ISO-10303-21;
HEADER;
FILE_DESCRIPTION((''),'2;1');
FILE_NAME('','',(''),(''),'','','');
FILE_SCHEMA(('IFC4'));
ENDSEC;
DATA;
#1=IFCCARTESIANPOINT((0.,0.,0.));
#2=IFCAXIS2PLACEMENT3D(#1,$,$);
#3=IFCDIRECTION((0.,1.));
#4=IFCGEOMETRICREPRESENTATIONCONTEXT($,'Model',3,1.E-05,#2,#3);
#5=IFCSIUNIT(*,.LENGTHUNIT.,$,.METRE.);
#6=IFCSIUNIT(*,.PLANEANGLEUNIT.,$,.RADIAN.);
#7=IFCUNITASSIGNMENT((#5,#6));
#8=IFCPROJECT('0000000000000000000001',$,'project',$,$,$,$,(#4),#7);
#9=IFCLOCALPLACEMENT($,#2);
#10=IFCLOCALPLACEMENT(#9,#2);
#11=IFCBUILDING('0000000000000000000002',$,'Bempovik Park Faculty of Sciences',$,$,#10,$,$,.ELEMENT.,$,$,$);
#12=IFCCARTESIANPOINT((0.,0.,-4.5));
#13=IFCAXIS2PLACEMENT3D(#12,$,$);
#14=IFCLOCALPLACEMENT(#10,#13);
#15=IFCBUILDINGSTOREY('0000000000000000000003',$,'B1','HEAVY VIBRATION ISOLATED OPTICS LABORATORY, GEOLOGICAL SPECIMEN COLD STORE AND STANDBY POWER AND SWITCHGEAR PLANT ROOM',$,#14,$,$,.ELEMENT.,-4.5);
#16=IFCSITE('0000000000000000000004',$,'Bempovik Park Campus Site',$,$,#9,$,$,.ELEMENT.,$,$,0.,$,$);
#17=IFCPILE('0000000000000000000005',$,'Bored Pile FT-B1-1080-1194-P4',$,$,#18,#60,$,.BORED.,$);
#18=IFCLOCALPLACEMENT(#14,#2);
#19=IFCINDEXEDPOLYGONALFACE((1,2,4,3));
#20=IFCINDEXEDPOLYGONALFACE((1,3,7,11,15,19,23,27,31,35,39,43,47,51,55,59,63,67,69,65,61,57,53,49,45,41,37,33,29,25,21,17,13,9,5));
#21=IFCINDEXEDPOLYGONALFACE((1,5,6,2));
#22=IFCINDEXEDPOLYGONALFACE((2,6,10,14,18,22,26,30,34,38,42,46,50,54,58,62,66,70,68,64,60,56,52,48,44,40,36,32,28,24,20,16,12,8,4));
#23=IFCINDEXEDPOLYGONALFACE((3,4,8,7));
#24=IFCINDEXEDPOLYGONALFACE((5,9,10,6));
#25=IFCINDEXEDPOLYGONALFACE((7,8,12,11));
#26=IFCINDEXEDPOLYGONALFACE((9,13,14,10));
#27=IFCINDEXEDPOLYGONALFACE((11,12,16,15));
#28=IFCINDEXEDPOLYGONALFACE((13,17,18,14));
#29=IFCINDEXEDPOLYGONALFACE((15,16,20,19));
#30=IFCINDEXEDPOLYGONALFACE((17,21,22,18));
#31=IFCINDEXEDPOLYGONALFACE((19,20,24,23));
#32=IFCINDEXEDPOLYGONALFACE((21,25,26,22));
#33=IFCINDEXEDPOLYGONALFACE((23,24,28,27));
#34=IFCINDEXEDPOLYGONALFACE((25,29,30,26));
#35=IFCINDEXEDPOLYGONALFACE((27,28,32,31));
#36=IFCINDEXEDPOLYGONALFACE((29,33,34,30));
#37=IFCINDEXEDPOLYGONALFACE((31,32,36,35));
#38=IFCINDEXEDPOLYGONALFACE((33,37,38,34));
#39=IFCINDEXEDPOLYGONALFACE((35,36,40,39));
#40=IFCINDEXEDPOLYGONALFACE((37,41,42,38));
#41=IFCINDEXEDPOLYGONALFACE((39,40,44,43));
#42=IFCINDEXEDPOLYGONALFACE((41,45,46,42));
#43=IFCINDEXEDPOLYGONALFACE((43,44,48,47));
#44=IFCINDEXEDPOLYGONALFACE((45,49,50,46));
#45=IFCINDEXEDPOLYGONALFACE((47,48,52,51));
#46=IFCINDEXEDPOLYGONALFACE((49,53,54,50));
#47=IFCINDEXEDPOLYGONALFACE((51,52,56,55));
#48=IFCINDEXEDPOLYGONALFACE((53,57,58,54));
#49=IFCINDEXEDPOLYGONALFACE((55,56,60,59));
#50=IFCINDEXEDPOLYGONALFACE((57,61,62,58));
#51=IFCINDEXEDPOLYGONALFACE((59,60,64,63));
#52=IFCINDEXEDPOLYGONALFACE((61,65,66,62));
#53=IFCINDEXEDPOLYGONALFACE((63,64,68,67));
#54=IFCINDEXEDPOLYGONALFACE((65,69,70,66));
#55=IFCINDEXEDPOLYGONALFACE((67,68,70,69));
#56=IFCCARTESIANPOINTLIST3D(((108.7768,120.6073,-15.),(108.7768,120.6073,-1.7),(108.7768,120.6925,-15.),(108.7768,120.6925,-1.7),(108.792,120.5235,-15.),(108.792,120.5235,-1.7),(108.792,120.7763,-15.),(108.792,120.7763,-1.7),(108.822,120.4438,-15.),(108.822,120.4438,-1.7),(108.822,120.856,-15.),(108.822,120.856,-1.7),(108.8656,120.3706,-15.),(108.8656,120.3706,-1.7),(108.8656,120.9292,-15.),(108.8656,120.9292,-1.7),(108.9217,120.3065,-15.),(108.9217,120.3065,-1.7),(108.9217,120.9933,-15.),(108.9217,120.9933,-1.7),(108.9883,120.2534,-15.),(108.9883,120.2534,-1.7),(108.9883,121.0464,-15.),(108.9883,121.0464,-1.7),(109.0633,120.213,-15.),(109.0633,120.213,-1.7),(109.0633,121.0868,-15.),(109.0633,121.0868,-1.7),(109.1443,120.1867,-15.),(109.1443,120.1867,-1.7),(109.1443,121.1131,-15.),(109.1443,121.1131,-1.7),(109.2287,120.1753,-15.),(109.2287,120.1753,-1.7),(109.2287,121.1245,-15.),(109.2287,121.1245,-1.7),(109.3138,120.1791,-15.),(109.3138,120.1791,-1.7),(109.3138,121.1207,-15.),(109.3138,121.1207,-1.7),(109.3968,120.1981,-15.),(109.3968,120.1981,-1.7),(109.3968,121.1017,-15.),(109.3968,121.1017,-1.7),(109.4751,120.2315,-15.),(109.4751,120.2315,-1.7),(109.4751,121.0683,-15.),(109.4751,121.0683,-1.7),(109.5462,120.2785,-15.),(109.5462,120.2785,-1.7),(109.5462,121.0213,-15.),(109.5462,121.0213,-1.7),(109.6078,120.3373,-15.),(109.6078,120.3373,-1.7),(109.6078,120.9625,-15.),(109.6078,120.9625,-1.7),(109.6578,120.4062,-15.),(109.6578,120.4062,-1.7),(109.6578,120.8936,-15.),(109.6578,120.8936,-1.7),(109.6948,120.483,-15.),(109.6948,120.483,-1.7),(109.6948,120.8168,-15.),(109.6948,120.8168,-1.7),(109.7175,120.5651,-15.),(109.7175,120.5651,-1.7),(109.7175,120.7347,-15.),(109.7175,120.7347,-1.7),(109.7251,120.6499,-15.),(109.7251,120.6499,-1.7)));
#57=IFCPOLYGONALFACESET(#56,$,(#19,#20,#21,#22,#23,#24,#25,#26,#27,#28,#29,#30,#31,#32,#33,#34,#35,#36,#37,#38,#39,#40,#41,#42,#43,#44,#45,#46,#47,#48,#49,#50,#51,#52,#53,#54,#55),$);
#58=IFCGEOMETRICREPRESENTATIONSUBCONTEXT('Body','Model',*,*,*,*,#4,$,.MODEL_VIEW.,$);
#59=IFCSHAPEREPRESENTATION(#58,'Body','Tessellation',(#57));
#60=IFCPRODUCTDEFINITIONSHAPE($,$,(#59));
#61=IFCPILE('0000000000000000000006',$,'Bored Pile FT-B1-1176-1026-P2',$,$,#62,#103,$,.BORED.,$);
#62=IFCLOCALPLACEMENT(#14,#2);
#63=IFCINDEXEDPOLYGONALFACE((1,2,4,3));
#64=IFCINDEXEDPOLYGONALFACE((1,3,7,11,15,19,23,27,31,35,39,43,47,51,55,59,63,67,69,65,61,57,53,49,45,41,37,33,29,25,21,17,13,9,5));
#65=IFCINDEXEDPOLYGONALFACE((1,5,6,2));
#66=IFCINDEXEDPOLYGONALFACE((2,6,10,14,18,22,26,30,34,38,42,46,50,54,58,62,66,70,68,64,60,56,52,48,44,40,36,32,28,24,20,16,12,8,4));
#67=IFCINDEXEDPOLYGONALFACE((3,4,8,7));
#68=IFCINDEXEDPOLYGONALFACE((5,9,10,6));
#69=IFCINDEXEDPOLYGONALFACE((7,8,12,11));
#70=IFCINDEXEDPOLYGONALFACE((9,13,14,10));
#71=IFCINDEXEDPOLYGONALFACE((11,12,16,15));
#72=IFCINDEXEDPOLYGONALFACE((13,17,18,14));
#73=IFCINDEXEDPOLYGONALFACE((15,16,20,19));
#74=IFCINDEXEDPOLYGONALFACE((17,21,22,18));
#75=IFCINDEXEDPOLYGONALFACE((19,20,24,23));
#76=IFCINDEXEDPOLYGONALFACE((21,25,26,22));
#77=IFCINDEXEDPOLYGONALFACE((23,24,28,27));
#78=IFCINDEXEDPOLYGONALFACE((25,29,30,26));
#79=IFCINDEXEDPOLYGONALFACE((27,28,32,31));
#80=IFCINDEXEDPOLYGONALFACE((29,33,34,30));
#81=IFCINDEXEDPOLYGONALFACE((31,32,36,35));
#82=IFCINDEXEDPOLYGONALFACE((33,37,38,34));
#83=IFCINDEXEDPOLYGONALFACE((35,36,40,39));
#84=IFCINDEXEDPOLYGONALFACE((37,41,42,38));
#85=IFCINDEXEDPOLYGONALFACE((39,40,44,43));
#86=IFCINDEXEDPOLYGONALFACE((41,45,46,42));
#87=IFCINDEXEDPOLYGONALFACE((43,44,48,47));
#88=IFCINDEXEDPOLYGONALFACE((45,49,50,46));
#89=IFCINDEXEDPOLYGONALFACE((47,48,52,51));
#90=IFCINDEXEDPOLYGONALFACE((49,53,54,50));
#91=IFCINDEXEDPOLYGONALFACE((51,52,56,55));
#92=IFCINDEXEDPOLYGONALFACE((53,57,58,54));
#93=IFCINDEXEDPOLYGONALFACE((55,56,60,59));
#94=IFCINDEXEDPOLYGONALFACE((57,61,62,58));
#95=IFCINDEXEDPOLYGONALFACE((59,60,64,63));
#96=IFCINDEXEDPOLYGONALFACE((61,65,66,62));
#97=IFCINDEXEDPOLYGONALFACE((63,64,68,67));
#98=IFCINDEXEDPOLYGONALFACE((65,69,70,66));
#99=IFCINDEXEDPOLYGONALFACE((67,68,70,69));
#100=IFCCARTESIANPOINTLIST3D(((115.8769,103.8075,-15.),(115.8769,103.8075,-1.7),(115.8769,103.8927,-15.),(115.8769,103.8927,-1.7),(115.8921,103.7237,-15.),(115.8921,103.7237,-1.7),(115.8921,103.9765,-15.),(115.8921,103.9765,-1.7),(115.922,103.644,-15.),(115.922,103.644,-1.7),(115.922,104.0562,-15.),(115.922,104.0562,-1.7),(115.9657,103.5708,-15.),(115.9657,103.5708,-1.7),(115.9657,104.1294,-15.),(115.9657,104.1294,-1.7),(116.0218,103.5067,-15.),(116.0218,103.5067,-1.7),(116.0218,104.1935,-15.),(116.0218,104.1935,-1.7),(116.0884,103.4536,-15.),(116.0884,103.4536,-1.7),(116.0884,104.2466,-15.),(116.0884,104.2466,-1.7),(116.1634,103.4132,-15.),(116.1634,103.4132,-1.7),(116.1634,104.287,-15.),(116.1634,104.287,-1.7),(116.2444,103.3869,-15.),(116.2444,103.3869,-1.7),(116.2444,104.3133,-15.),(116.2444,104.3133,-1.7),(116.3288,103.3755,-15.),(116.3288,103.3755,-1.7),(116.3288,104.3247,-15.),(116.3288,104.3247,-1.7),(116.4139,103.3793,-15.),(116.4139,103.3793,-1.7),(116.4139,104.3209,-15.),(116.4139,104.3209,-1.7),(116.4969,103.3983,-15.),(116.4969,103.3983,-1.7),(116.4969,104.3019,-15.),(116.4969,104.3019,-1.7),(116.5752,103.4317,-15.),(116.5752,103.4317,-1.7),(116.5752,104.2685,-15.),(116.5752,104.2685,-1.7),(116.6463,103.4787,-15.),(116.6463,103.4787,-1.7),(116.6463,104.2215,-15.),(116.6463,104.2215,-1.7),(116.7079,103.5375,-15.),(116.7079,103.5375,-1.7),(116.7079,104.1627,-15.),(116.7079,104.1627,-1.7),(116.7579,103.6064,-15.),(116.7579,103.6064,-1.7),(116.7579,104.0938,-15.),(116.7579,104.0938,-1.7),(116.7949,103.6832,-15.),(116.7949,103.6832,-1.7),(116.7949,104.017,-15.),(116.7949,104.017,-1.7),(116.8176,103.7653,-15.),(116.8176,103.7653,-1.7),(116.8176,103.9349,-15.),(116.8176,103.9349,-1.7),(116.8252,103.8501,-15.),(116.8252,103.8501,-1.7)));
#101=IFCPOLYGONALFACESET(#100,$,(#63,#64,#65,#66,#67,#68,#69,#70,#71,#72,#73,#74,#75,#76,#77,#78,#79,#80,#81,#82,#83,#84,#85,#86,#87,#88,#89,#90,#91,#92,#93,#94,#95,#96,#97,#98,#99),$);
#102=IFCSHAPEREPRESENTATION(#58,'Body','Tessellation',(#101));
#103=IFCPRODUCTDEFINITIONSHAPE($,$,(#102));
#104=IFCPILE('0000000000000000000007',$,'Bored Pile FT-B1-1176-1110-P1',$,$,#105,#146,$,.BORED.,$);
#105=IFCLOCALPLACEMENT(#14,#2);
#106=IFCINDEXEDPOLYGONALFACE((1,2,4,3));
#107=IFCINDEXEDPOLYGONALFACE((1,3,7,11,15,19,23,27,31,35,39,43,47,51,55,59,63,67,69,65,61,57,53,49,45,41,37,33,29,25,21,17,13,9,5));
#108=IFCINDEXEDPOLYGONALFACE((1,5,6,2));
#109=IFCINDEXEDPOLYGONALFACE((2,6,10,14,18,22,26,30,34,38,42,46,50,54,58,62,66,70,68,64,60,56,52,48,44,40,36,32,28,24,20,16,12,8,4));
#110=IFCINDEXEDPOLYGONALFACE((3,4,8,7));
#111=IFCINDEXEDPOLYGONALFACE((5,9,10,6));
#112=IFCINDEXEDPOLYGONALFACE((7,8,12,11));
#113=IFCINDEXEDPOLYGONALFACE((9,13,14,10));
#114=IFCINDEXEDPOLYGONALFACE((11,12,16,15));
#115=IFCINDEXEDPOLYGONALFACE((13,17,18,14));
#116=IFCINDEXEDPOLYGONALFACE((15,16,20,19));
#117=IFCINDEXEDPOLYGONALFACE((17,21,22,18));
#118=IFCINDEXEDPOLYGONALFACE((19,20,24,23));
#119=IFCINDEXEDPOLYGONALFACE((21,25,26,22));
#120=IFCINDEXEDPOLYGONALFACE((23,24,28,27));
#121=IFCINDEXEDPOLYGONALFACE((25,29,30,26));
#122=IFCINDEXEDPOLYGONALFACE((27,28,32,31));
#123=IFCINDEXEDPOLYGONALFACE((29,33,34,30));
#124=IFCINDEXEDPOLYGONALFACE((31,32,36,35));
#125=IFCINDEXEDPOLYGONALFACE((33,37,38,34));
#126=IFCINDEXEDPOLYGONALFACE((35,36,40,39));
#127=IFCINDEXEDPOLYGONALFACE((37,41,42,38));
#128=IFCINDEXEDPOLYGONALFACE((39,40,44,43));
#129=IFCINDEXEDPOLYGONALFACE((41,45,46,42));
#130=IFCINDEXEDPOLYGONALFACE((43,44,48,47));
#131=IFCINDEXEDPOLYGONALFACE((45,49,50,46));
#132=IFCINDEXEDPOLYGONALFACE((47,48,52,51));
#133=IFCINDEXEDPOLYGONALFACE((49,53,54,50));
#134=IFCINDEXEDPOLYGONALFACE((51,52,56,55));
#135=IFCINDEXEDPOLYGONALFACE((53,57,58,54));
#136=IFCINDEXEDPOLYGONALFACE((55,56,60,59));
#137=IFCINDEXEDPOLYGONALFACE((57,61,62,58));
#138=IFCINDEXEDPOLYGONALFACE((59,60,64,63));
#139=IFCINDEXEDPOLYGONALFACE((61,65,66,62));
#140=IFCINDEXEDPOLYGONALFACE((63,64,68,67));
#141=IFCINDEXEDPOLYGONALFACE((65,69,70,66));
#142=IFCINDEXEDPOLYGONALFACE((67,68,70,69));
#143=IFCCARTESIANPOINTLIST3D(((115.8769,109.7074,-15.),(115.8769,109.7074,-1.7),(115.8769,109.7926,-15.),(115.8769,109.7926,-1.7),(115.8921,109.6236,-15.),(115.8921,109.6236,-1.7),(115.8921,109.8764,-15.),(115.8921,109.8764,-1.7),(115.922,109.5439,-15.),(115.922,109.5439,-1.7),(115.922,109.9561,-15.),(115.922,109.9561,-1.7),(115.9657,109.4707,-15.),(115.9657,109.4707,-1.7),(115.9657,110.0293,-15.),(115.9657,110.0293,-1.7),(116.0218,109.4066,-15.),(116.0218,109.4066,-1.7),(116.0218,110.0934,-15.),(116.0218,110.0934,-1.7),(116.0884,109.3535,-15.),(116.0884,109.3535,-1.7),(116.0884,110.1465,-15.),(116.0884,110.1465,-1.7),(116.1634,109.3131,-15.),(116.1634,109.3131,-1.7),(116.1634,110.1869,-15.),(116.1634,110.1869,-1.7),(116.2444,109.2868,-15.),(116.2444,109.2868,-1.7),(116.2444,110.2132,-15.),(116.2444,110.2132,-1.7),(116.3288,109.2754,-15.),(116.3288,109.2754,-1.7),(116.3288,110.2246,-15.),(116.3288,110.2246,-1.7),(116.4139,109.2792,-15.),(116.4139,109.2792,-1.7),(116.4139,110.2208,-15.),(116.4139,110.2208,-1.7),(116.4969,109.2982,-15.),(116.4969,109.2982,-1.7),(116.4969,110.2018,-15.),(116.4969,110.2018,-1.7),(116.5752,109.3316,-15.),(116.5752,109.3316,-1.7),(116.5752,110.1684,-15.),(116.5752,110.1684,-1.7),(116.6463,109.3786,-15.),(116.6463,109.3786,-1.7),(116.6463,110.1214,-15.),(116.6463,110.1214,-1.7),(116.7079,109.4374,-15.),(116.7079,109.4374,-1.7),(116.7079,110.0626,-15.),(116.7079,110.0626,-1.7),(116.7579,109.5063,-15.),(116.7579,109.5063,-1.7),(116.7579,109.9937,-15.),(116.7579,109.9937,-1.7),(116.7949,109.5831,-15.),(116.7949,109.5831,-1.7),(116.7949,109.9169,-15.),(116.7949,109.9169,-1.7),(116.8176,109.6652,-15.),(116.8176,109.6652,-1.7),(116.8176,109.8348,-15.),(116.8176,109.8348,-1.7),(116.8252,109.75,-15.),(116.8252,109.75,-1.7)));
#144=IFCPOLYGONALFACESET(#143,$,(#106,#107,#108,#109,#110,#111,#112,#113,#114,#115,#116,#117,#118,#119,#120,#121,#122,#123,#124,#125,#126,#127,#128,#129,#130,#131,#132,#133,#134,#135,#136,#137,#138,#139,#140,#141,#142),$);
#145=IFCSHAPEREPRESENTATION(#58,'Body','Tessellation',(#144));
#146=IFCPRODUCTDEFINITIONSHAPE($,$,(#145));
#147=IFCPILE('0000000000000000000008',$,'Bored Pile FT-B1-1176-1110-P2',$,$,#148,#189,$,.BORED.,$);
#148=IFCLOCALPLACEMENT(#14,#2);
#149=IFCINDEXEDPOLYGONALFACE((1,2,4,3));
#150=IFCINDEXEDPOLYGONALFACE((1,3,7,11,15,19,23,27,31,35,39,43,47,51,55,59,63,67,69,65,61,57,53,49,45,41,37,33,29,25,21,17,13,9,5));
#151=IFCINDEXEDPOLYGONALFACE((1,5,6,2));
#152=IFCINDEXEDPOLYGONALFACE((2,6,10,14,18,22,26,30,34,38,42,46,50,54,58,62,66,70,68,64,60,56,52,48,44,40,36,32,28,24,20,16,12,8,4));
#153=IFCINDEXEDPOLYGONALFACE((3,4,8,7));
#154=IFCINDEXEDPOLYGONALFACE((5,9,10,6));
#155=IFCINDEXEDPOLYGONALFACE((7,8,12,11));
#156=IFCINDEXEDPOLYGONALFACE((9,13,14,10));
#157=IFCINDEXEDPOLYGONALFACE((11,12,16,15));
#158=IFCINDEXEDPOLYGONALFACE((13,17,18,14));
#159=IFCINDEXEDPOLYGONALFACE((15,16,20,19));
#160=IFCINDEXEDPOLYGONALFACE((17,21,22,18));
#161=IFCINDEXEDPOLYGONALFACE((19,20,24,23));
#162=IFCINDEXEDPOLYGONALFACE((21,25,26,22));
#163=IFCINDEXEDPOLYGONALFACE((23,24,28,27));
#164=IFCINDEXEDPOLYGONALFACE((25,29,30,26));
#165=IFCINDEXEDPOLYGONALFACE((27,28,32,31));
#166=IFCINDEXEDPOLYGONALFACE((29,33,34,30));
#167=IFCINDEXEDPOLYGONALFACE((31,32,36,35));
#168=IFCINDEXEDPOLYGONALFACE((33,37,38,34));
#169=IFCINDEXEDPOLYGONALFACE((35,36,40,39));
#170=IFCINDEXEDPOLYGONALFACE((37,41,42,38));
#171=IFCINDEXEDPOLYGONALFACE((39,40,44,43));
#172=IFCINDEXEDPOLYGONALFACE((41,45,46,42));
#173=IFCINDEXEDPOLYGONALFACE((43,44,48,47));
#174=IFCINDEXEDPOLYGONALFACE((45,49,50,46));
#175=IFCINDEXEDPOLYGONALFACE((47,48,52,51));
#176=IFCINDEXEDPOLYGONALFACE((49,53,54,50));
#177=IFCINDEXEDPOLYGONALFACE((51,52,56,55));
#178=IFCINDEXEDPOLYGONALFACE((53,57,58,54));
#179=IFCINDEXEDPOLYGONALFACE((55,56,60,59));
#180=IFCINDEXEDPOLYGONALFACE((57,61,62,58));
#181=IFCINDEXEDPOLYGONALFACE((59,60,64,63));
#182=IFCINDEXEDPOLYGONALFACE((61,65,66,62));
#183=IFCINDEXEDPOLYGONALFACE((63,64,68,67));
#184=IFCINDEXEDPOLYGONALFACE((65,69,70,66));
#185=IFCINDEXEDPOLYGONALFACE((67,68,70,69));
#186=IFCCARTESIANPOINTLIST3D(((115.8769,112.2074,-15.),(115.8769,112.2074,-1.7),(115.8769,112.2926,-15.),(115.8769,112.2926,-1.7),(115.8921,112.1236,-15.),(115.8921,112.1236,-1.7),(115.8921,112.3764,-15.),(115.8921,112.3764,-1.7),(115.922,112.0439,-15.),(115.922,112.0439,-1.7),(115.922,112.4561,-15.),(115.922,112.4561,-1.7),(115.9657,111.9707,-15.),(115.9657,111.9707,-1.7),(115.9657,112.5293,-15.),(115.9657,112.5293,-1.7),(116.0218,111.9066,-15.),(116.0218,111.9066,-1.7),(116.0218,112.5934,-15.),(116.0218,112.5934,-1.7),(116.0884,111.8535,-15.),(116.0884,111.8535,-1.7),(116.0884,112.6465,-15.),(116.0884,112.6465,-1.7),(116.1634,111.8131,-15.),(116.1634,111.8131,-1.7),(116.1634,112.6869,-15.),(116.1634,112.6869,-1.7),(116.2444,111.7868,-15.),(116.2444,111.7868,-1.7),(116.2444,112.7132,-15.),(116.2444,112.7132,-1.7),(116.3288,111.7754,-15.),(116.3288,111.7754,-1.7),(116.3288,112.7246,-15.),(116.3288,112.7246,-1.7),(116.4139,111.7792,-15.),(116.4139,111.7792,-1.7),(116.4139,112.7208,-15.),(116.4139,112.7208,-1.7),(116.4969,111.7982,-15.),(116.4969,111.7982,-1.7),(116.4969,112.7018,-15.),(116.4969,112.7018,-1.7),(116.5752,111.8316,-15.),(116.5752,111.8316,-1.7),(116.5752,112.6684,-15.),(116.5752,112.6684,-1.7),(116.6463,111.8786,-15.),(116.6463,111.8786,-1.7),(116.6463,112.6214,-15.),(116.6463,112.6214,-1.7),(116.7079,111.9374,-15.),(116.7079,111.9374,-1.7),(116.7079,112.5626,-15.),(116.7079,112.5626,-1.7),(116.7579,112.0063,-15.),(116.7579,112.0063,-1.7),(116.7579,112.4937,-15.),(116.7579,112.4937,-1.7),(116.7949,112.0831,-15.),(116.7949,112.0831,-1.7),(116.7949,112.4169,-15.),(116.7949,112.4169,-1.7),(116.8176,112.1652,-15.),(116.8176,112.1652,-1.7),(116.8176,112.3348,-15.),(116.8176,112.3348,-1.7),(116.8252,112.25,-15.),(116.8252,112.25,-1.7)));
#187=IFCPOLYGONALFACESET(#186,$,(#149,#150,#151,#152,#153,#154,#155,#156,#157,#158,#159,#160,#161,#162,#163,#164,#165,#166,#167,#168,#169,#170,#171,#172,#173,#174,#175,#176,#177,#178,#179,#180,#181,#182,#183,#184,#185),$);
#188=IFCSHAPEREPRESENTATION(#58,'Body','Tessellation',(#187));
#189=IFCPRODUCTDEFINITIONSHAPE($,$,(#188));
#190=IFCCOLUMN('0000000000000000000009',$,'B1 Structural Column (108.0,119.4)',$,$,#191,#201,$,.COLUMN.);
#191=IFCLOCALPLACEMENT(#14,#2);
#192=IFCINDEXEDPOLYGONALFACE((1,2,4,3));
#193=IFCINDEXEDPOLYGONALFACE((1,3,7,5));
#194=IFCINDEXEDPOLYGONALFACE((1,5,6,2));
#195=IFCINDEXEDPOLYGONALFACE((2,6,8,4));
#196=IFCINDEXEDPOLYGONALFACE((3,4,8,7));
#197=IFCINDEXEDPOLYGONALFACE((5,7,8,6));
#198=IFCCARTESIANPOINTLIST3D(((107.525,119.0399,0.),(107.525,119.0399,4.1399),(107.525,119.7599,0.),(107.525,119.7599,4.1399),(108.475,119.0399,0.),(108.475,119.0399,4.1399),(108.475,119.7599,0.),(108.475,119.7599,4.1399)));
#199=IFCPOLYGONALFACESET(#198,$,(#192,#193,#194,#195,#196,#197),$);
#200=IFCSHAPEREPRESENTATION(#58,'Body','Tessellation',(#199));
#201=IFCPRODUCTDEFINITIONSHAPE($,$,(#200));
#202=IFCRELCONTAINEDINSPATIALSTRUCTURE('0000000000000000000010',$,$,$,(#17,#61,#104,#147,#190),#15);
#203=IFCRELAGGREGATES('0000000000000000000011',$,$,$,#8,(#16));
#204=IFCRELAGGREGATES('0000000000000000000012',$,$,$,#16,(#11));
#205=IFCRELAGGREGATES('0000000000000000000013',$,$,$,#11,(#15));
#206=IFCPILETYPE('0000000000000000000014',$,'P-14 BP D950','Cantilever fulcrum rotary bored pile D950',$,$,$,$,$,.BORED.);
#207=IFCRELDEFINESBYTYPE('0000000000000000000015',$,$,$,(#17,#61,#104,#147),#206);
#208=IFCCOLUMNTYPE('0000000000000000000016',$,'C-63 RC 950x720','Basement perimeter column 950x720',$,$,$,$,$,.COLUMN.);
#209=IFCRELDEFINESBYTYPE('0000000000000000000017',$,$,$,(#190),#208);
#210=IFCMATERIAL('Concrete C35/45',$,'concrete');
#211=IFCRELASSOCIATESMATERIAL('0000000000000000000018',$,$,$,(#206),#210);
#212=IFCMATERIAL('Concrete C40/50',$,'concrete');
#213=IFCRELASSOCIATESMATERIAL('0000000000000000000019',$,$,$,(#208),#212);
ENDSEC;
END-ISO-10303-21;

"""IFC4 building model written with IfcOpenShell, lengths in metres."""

from ifc_helpers import new_model, si_unit, direction, frame, origin, origin_2d, place, context, subcontext, project, spatial, rectangle, circle, extrude, material, material_profile, profile_set, type_object, element, save


model = new_model("IFC4")

# Units and contexts
model_context = context("Model", 3, precision=1e-05, world=origin(), true_north=direction((0.0, 1.0)))
body_context = subcontext(model_context, "Body", "Model", "MODEL_VIEW")
ifc_project = project(units=[si_unit("LENGTHUNIT", "METRE"), si_unit("PLANEANGLEUNIT", "RADIAN")], contexts=[model_context])

# Site, building, storey
site_placement = place(None, origin())
site = spatial("IfcSite", under=ifc_project, at=site_placement, Name="Bempovik Park Campus Site", CompositionType="ELEMENT", RefElevation=0.0)
building_placement = place(site_placement, origin())
building = spatial("IfcBuilding", under=site, at=building_placement, Name="Bempovik Park Faculty of Sciences", CompositionType="ELEMENT")
storey_placement = place(building_placement, frame((0.0, 0.0, -4.5)))
storey = spatial("IfcBuildingStorey", under=building, at=storey_placement, Name="B1", Description="HEAVY VIBRATION ISOLATED OPTICS LABORATORY, GEOLOGICAL SPECIMEN COLD STORE AND STANDBY POWER AND SWITCHGEAR PLANT ROOM", CompositionType="ELEMENT", Elevation=-4.5)

# Shared definitions
ifc_material_1 = material(Name="Concrete C35/45", Category="concrete")

# Piles
ifc_material_profile_1 = material_profile(ifc_material_1, circle(Radius=0.4751, at=origin_2d()), Name="BP D950")
ifc_profile_set_1 = profile_set([ifc_material_profile_1], Name="Concrete C35/45")
pile_type_1 = type_object("IfcPileType", Name="P-14 BP D950", Description="Cantilever fulcrum rotary bored pile D950", PredefinedType="BORED", material=ifc_profile_set_1)
for number, where, z_axis, x_axis, name in (
    (1, (109.25, 120.6499, -1.7), (0.0, 0.0, -1.0), (1.0, 0.0, 0.0), "Bored Pile FT-B1-1080-1194-P4"),
    (2, (116.3501, 103.8501, -1.7), (0.0, 0.0, -1.0), (1.0, 0.0, 0.0), "Bored Pile FT-B1-1176-1026-P2"),
    (3, (116.3501, 109.75, -1.7), (0.0, 0.0, -1.0), (1.0, 0.0, 0.0), "Bored Pile FT-B1-1176-1110-P1"),
    (4, (116.3501, 112.25, -1.7), (0.0, 0.0, -1.0), (1.0, 0.0, 0.0), "Bored Pile FT-B1-1176-1110-P2"),
):
    element("IfcPile", number, at=place(storey_placement, frame(where, z_axis=z_axis, x_axis=x_axis)), inside=storey, type_object=pile_type_1, Name=name, PredefinedType="BORED", context=body_context, shape_type="SweptSolid", body=[
        extrude(circle(Radius=0.4751, at=origin_2d()), origin(), (0.0, 0.0, 1.0), 13.3),
    ])

# Column
ifc_material_2 = material(Name="Concrete C40/50", Category="concrete")
ifc_material_profile_2 = material_profile(ifc_material_2, rectangle(XDim=0.95, YDim=0.72, at=origin_2d()), Name="RC 950x720")
ifc_profile_set_2 = profile_set([ifc_material_profile_2], Name="Concrete C40/50")
column_type_1 = type_object("IfcColumnType", Name="C-63 RC 950x720", Description="Basement perimeter column 950x720", PredefinedType="COLUMN", material=ifc_profile_set_2)
column_placement = place(storey_placement, frame((108.0, 119.3999, 0.0), z_axis=(0.0, 0.0, 1.0), x_axis=(1.0, 0.0, 0.0)))
element("IfcColumn", 5, at=column_placement, inside=storey, type_object=column_type_1, Name="B1 Structural Column (108.0,119.4)", PredefinedType="COLUMN", context=body_context, shape_type="SweptSolid", body=[
    extrude(rectangle(XDim=0.95, YDim=0.72, at=origin_2d()), origin(), (0.0, 0.0, 1.0), 4.1399),
])

save(model, "model.ifc")
